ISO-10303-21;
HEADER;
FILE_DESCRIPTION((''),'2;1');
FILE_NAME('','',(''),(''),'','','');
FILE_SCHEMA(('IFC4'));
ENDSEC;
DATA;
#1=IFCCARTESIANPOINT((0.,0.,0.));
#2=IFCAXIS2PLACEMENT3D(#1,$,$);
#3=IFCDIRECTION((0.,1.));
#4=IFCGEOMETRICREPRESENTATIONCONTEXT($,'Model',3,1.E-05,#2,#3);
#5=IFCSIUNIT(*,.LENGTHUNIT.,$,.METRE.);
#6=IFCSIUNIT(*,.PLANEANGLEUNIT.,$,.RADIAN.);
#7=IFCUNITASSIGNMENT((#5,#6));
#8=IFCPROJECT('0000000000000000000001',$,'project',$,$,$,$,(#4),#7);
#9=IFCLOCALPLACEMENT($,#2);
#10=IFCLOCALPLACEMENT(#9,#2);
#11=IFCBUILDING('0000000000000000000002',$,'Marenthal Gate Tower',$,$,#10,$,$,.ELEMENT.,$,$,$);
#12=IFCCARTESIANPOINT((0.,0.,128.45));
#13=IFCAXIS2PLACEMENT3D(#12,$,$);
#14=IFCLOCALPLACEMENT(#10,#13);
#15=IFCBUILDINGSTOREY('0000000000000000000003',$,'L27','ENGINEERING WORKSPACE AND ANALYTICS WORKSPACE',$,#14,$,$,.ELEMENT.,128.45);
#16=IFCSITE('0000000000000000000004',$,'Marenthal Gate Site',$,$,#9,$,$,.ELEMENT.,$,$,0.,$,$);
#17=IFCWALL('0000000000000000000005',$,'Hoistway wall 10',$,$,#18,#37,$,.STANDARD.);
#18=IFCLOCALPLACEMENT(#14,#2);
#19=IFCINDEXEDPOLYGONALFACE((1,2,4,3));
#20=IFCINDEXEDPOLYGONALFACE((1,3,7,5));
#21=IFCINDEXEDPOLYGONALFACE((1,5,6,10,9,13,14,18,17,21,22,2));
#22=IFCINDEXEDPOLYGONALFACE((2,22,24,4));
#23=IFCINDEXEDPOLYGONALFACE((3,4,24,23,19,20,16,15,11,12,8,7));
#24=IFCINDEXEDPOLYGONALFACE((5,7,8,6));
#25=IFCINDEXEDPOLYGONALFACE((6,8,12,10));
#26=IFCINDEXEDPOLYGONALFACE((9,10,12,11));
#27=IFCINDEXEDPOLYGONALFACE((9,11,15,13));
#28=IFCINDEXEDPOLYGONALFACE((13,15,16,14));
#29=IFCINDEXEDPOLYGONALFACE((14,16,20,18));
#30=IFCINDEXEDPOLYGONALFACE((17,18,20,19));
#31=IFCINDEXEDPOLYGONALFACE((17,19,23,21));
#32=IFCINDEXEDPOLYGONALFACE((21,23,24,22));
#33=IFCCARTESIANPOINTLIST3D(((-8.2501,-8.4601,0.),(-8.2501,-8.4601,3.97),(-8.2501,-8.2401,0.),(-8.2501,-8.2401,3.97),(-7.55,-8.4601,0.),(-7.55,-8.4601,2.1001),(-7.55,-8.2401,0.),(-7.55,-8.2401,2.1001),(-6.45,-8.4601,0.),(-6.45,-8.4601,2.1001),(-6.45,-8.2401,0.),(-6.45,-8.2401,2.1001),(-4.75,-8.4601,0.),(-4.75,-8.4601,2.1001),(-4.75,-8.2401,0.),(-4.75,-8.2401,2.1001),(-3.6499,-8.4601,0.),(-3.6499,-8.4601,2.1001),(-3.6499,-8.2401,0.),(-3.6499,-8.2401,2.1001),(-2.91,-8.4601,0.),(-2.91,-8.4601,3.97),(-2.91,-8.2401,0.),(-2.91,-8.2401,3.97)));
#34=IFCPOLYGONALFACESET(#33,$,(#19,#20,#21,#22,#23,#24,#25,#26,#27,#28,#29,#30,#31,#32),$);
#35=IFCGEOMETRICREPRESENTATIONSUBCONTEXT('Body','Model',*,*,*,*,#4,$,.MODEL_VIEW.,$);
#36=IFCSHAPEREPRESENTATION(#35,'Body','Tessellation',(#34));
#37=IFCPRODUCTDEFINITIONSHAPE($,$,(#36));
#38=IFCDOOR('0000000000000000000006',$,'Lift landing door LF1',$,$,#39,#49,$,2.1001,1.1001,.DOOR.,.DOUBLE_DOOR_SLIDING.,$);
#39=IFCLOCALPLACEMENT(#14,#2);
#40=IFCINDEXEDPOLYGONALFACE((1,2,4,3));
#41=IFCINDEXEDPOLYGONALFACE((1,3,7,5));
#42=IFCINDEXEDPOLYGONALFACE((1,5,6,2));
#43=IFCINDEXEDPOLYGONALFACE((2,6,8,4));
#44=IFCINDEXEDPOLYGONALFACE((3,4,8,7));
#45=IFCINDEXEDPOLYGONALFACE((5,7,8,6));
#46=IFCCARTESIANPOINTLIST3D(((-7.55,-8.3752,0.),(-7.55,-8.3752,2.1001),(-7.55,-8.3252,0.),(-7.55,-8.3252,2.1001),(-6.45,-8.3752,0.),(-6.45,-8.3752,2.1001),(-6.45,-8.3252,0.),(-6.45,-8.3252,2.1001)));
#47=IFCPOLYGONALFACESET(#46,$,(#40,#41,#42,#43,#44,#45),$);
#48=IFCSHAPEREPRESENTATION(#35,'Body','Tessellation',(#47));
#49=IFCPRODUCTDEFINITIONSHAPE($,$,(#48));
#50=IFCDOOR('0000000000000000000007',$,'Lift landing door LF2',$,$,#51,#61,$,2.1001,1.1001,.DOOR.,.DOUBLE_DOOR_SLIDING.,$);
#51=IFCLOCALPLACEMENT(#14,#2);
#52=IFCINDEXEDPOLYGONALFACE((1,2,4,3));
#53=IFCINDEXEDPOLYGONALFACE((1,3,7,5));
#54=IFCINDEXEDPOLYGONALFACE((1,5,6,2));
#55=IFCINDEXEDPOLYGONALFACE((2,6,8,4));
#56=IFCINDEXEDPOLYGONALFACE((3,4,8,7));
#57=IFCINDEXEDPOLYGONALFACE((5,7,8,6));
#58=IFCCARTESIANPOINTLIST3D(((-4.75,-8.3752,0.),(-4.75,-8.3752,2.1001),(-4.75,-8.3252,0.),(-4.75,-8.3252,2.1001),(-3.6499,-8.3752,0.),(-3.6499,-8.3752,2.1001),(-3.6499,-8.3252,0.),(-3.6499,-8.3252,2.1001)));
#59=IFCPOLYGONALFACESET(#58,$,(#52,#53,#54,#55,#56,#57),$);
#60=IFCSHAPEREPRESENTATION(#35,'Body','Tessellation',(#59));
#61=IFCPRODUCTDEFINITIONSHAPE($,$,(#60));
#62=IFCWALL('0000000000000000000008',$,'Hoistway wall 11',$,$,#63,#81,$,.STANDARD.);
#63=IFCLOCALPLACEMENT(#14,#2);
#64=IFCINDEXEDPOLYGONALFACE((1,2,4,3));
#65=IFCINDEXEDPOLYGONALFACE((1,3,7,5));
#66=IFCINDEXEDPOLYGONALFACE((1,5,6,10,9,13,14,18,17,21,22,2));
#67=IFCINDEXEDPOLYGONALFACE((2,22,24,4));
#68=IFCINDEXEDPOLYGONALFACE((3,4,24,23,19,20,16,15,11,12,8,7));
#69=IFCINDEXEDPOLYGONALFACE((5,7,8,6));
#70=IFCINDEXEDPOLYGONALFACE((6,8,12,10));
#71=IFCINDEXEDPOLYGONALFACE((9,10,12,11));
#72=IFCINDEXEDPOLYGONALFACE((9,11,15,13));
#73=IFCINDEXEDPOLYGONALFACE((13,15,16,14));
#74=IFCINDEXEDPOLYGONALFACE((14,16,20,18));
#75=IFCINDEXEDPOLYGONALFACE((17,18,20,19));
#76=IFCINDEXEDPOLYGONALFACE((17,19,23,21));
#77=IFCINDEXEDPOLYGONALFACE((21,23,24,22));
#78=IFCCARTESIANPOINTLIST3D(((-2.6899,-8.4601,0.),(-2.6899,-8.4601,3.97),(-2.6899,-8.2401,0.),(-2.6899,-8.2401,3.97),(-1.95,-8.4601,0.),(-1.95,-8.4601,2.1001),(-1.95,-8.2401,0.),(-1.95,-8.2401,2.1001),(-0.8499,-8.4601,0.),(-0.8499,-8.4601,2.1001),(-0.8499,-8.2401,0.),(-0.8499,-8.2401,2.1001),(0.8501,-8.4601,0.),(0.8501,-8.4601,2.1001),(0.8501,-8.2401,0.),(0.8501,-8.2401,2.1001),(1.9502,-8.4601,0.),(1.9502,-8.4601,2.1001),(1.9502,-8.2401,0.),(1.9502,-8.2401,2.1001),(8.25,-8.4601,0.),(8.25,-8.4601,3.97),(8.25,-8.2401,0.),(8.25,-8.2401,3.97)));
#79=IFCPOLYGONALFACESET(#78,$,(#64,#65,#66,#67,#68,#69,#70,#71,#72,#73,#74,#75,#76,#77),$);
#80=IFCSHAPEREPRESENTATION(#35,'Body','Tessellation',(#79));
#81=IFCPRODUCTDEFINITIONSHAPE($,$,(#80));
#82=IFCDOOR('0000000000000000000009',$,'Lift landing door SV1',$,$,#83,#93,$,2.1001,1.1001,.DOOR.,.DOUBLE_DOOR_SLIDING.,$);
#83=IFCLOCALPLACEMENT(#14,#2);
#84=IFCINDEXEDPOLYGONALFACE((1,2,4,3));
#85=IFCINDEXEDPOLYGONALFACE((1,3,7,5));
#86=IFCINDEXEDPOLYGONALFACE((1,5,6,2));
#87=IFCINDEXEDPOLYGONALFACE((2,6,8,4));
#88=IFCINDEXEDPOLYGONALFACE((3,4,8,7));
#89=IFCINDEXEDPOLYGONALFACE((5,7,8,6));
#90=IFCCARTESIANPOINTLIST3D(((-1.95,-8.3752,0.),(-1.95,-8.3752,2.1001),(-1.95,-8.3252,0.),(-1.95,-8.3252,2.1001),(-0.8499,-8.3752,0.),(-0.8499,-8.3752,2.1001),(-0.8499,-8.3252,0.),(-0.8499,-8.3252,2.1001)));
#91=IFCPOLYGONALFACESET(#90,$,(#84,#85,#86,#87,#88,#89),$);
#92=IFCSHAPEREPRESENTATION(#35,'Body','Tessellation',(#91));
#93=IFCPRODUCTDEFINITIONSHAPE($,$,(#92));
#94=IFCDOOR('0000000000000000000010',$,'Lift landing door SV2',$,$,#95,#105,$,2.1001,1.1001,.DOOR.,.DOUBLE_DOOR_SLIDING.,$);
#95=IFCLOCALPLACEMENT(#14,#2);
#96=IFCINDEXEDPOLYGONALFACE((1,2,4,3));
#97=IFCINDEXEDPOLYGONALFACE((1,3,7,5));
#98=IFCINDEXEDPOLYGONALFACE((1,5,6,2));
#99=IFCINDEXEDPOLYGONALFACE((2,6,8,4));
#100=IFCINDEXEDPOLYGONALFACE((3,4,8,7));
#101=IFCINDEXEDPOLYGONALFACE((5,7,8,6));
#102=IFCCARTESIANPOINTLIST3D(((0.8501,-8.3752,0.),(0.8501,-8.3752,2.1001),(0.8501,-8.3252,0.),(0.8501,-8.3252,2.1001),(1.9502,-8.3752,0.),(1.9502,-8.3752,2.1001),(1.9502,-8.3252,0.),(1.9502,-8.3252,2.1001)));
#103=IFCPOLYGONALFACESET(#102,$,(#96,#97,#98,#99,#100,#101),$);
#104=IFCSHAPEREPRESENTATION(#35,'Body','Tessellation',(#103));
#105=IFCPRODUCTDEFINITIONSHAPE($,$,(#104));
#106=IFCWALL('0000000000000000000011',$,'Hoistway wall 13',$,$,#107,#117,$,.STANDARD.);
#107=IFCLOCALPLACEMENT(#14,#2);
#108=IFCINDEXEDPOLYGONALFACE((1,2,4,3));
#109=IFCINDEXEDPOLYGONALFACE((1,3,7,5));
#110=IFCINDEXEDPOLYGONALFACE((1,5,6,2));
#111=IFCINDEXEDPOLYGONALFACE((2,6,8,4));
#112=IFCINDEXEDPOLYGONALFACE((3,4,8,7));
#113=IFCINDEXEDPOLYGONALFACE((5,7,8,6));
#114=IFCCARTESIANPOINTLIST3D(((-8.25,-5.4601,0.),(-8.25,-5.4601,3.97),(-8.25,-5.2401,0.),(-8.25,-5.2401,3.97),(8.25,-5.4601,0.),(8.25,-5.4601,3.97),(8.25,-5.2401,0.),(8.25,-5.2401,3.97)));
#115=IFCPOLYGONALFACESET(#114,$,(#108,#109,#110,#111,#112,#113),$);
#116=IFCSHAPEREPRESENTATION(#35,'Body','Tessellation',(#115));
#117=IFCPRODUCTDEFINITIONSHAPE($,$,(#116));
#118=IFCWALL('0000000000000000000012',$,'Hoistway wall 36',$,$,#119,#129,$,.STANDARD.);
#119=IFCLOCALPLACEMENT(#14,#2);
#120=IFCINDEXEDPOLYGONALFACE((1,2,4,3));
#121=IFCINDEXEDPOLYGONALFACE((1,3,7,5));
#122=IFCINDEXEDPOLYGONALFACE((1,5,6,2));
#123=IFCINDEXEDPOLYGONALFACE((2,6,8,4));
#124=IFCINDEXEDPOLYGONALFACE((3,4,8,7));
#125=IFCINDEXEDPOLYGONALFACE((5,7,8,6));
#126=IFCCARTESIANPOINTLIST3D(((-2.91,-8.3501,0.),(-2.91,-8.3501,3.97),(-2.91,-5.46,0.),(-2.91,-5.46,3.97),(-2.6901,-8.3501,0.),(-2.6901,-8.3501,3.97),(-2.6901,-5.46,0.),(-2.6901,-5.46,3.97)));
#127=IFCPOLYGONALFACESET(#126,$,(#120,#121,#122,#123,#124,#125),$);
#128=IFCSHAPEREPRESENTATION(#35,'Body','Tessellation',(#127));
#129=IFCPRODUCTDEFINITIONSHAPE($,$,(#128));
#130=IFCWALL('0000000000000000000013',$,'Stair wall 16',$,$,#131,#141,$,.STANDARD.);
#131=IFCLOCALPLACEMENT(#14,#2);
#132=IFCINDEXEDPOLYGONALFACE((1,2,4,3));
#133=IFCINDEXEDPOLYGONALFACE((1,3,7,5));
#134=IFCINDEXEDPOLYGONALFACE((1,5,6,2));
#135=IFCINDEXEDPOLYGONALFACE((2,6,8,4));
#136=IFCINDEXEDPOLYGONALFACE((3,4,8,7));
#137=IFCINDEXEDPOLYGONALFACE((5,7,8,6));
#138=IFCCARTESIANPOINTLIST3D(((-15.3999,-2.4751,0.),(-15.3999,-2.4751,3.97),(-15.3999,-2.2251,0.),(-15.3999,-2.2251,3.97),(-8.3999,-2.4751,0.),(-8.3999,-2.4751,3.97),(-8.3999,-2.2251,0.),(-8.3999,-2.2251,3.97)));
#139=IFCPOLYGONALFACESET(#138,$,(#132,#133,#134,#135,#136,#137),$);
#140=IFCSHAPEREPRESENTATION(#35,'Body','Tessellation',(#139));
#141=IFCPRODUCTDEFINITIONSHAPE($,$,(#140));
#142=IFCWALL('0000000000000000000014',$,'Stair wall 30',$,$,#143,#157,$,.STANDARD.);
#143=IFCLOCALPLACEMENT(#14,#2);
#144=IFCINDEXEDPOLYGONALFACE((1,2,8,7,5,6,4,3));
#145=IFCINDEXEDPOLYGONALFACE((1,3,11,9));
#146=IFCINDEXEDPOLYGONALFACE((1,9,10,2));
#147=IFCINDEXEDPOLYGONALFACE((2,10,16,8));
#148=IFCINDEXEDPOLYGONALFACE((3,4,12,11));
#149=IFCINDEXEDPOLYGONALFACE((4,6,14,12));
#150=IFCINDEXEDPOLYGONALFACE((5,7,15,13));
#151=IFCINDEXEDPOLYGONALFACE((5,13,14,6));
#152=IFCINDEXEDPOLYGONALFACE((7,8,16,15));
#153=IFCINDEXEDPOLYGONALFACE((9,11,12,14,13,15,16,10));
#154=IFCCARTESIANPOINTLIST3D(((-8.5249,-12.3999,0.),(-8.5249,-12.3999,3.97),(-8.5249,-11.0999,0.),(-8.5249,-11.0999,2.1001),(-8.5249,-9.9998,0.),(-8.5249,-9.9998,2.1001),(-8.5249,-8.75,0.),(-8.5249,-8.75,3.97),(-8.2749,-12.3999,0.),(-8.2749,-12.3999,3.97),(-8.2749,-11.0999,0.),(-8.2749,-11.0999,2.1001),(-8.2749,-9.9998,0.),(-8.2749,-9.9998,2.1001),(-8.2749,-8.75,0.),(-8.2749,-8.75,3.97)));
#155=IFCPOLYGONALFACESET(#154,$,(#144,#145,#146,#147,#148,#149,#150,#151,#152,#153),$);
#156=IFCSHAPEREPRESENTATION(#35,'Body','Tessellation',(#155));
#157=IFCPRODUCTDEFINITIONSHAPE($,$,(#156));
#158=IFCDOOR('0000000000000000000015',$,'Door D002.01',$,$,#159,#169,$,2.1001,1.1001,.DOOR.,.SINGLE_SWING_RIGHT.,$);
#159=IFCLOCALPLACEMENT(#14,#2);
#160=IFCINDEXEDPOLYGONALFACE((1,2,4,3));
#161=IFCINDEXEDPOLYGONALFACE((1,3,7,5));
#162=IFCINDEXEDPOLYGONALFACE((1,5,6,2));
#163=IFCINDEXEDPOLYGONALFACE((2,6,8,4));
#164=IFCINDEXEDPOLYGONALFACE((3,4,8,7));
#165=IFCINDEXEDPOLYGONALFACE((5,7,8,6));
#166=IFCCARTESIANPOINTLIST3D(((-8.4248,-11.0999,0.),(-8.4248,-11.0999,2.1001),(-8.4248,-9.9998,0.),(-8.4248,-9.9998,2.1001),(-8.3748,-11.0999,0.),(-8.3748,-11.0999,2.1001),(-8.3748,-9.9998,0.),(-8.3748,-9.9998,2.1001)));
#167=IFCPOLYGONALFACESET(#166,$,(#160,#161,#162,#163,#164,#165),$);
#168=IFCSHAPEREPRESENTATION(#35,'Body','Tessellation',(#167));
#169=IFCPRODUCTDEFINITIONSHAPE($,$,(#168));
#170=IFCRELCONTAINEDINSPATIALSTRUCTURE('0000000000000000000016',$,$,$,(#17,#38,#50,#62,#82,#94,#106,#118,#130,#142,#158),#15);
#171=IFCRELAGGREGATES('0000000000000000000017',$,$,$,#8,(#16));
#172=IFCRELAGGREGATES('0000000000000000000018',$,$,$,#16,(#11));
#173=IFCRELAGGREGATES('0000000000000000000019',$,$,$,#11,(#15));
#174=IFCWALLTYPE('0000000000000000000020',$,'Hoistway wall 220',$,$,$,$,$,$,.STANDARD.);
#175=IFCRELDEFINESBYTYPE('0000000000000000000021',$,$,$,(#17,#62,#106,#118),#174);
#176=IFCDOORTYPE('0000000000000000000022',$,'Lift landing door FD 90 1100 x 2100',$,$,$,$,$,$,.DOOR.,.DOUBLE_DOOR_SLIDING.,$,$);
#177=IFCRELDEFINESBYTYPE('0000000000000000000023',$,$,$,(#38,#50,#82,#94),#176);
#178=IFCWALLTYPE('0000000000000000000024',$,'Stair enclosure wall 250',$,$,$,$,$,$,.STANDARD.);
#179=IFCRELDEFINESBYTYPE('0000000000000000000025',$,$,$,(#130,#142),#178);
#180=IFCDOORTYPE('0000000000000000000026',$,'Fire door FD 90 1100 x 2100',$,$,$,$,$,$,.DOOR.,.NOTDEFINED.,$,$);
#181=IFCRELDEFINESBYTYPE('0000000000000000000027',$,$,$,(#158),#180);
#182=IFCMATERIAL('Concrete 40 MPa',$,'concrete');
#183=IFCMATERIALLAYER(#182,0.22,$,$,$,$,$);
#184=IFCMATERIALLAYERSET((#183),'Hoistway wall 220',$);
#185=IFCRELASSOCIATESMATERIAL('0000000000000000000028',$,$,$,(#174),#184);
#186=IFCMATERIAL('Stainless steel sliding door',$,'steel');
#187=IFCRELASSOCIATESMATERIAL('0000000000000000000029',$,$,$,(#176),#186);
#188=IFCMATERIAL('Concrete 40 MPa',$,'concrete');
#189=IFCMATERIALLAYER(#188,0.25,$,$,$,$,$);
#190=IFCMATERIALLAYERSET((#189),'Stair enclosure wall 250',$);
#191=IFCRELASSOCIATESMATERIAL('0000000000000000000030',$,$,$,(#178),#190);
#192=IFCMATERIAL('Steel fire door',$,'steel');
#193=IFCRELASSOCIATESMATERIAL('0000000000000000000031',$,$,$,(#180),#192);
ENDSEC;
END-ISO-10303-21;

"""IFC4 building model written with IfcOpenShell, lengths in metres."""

from ifc_helpers import new_model, si_unit, direction, frame, frame_2d, origin, place, context, subcontext, project, spatial, rectangle, extrude, material, layer, layer_set, type_object, element, fill, save


model = new_model("IFC4")

# Units and contexts
model_context = context("Model", 3, precision=1e-05, world=origin(), true_north=direction((0.0, 1.0)))
body_context = subcontext(model_context, "Body", "Model", "MODEL_VIEW")
ifc_project = project(units=[si_unit("LENGTHUNIT", "METRE"), si_unit("PLANEANGLEUNIT", "RADIAN")], contexts=[model_context])

# Site, building, storey
site_placement = place(None, origin())
site = spatial("IfcSite", under=ifc_project, at=site_placement, Name="Marenthal Gate Site", CompositionType="ELEMENT", RefElevation=0.0)
building_placement = place(site_placement, origin())
building = spatial("IfcBuilding", under=site, at=building_placement, Name="Marenthal Gate Tower", CompositionType="ELEMENT")
storey_placement = place(building_placement, frame((0.0, 0.0, 128.45)))
storey = spatial("IfcBuildingStorey", under=building, at=storey_placement, Name="L27", Description="ENGINEERING WORKSPACE AND ANALYTICS WORKSPACE", CompositionType="ELEMENT", Elevation=128.45)

# Walls, openings, doors
ifc_material_1 = material(Name="Concrete 40 MPa", Category="concrete")
ifc_layer_1 = layer(ifc_material_1, 0.22)
ifc_layer_set_1 = layer_set([ifc_layer_1], Name="Hoistway wall 220")
wall_type_1 = type_object("IfcWallType", Name="Hoistway wall 220", PredefinedType="STANDARD", material=ifc_layer_set_1)
wall_1_placement = place(storey_placement, frame((-8.25, -8.3501, 0.0), z_axis=(0.0, 0.0, 1.0), x_axis=(1.0, 0.0, 0.0)))
wall_1 = element("IfcWall", 1, at=wall_1_placement, inside=storey, type_object=wall_type_1, Name="Hoistway wall 10", PredefinedType="STANDARD", context=body_context, shape_type="SweptSolid", body=[
    extrude(rectangle(XDim=5.3401, YDim=0.22, at=frame_2d((2.6699, 0.0))), origin(), (0.0, 0.0, 1.0), 3.97),
])
opening_1_placement = place(wall_1_placement, frame((0.7, 0.0, 0.0)))
opening_1 = element("IfcOpeningElement", 2, at=opening_1_placement, cuts=wall_1, PredefinedType="OPENING", context=body_context, shape_type="SweptSolid", body=[
    extrude(rectangle(XDim=1.1001, YDim=2.1001, at=frame_2d((0.55, 1.05))), frame((0.0, 0.1201, 0.0), z_axis=(0.0, -1.0, 0.0), x_axis=(1.0, 0.0, 0.0)), (0.0, 0.0, 1.0), 0.24),
])
opening_2_placement = place(wall_1_placement, frame((3.5, 0.0, 0.0)))
opening_2 = element("IfcOpeningElement", 3, at=opening_2_placement, cuts=wall_1, PredefinedType="OPENING", context=body_context, shape_type="SweptSolid", body=[
    extrude(rectangle(XDim=1.1001, YDim=2.1001, at=frame_2d((0.55, 1.05))), frame((0.0, 0.1201, 0.0), z_axis=(0.0, -1.0, 0.0), x_axis=(1.0, 0.0, 0.0)), (0.0, 0.0, 1.0), 0.24),
])
ifc_material_2 = material(Name="Stainless steel sliding door", Category="steel")
door_type_1 = type_object("IfcDoorType", Name="Lift landing door FD 90 1100 x 2100", OperationType="DOUBLE_DOOR_SLIDING", PredefinedType="DOOR", material=ifc_material_2)
door_1_placement = place(opening_1_placement, origin())
door_1 = element("IfcDoor", 4, at=door_1_placement, inside=storey, type_object=door_type_1, Name="Lift landing door LF1", OperationType="DOUBLE_DOOR_SLIDING", OverallHeight=2.1001, OverallWidth=1.1001, PredefinedType="DOOR", context=body_context, shape_type="SweptSolid", body=[
    extrude(rectangle(XDim=1.1001, YDim=2.1001, at=frame_2d((0.55, 1.05))), frame((0.0, 0.0249, 0.0), z_axis=(0.0, -1.0, 0.0), x_axis=(1.0, 0.0, 0.0)), (0.0, 0.0, 1.0), 0.05),
])
fill(opening_1, door_1)
door_2_placement = place(opening_2_placement, origin())
door_2 = element("IfcDoor", 5, at=door_2_placement, inside=storey, type_object=door_type_1, Name="Lift landing door LF2", OperationType="DOUBLE_DOOR_SLIDING", OverallHeight=2.1001, OverallWidth=1.1001, PredefinedType="DOOR", context=body_context, shape_type="SweptSolid", body=[
    extrude(rectangle(XDim=1.1001, YDim=2.1001, at=frame_2d((0.55, 1.05))), frame((0.0, 0.0249, 0.0), z_axis=(0.0, -1.0, 0.0), x_axis=(1.0, 0.0, 0.0)), (0.0, 0.0, 1.0), 0.05),
])
fill(opening_2, door_2)
wall_2_placement = place(storey_placement, frame((-2.6899, -8.3501, 0.0), z_axis=(0.0, 0.0, 1.0), x_axis=(1.0, 0.0, 0.0)))
wall_2 = element("IfcWall", 6, at=wall_2_placement, inside=storey, type_object=wall_type_1, Name="Hoistway wall 11", PredefinedType="STANDARD", context=body_context, shape_type="SweptSolid", body=[
    extrude(rectangle(XDim=10.9399, YDim=0.22, at=frame_2d((5.47, 0.0))), origin(), (0.0, 0.0, 1.0), 3.97),
])
opening_3_placement = place(wall_2_placement, frame((0.74, 0.0, 0.0)))
opening_3 = element("IfcOpeningElement", 7, at=opening_3_placement, cuts=wall_2, PredefinedType="OPENING", context=body_context, shape_type="SweptSolid", body=[
    extrude(rectangle(XDim=1.1001, YDim=2.1001, at=frame_2d((0.55, 1.05))), frame((0.0, 0.1201, 0.0), z_axis=(0.0, -1.0, 0.0), x_axis=(1.0, 0.0, 0.0)), (0.0, 0.0, 1.0), 0.24),
])
opening_4_placement = place(wall_2_placement, frame((3.54, 0.0, 0.0)))
opening_4 = element("IfcOpeningElement", 8, at=opening_4_placement, cuts=wall_2, PredefinedType="OPENING", context=body_context, shape_type="SweptSolid", body=[
    extrude(rectangle(XDim=1.1001, YDim=2.1001, at=frame_2d((0.55, 1.05))), frame((0.0, 0.1201, 0.0), z_axis=(0.0, -1.0, 0.0), x_axis=(1.0, 0.0, 0.0)), (0.0, 0.0, 1.0), 0.24),
])
door_3_placement = place(opening_3_placement, origin())
door_3 = element("IfcDoor", 9, at=door_3_placement, inside=storey, type_object=door_type_1, Name="Lift landing door SV1", OperationType="DOUBLE_DOOR_SLIDING", OverallHeight=2.1001, OverallWidth=1.1001, PredefinedType="DOOR", context=body_context, shape_type="SweptSolid", body=[
    extrude(rectangle(XDim=1.1001, YDim=2.1001, at=frame_2d((0.55, 1.05))), frame((0.0, 0.0249, 0.0), z_axis=(0.0, -1.0, 0.0), x_axis=(1.0, 0.0, 0.0)), (0.0, 0.0, 1.0), 0.05),
])
fill(opening_3, door_3)
door_4_placement = place(opening_4_placement, origin())
door_4 = element("IfcDoor", 10, at=door_4_placement, inside=storey, type_object=door_type_1, Name="Lift landing door SV2", OperationType="DOUBLE_DOOR_SLIDING", OverallHeight=2.1001, OverallWidth=1.1001, PredefinedType="DOOR", context=body_context, shape_type="SweptSolid", body=[
    extrude(rectangle(XDim=1.1001, YDim=2.1001, at=frame_2d((0.55, 1.05))), frame((0.0, 0.0249, 0.0), z_axis=(0.0, -1.0, 0.0), x_axis=(1.0, 0.0, 0.0)), (0.0, 0.0, 1.0), 0.05),
])
fill(opening_4, door_4)

# Walls
wall_3_placement = place(storey_placement, frame((-8.25, -5.3501, 0.0), z_axis=(0.0, 0.0, 1.0), x_axis=(1.0, 0.0, 0.0)))
element("IfcWall", 11, at=wall_3_placement, inside=storey, type_object=wall_type_1, Name="Hoistway wall 13", PredefinedType="STANDARD", context=body_context, shape_type="SweptSolid", body=[
    extrude(rectangle(XDim=16.5, YDim=0.22, at=frame_2d((8.25, 0.0))), origin(), (0.0, 0.0, 1.0), 3.97),
])
wall_4_placement = place(storey_placement, frame((-2.8, -8.3501, 0.0), z_axis=(0.0, 0.0, 1.0), x_axis=(0.0, 1.0, 0.0)))
element("IfcWall", 12, at=wall_4_placement, inside=storey, type_object=wall_type_1, Name="Hoistway wall 36", PredefinedType="STANDARD", context=body_context, shape_type="SweptSolid", body=[
    extrude(rectangle(XDim=2.8901, YDim=0.22, at=frame_2d((1.4451, 0.0))), origin(), (0.0, 0.0, 1.0), 3.97),
])
ifc_material_3 = material(Name="Concrete 40 MPa", Category="concrete")
ifc_layer_2 = layer(ifc_material_3, 0.25)
ifc_layer_set_2 = layer_set([ifc_layer_2], Name="Stair enclosure wall 250")
wall_type_2 = type_object("IfcWallType", Name="Stair enclosure wall 250", PredefinedType="STANDARD", material=ifc_layer_set_2)
wall_5_placement = place(storey_placement, frame((-15.3999, -2.3501, 0.0), z_axis=(0.0, 0.0, 1.0), x_axis=(1.0, 0.0, 0.0)))
element("IfcWall", 13, at=wall_5_placement, inside=storey, type_object=wall_type_2, Name="Stair wall 16", PredefinedType="STANDARD", context=body_context, shape_type="SweptSolid", body=[
    extrude(rectangle(XDim=7.0, YDim=0.25, at=frame_2d((3.5, 0.0))), origin(), (0.0, 0.0, 1.0), 3.97),
])

# Wall, opening, door
wall_6_placement = place(storey_placement, frame((-8.3999, -12.3999, 0.0), z_axis=(0.0, 0.0, 1.0), x_axis=(0.0, 1.0, 0.0)))
wall_6 = element("IfcWall", 14, at=wall_6_placement, inside=storey, type_object=wall_type_2, Name="Stair wall 30", PredefinedType="STANDARD", context=body_context, shape_type="SweptSolid", body=[
    extrude(rectangle(XDim=3.6499, YDim=0.25, at=frame_2d((1.825, 0.0))), origin(), (0.0, 0.0, 1.0), 3.97),
])
opening_5_placement = place(wall_6_placement, frame((1.3, 0.0, 0.0)))
opening_5 = element("IfcOpeningElement", 15, at=opening_5_placement, cuts=wall_6, PredefinedType="OPENING", context=body_context, shape_type="SweptSolid", body=[
    extrude(rectangle(XDim=1.1001, YDim=2.1001, at=frame_2d((0.55, 1.05))), frame((0.0, 0.135, 0.0), z_axis=(0.0, -1.0, 0.0), x_axis=(1.0, 0.0, 0.0)), (0.0, 0.0, 1.0), 0.27),
])
ifc_material_4 = material(Name="Steel fire door", Category="steel")
door_type_2 = type_object("IfcDoorType", Name="Fire door FD 90 1100 x 2100", OperationType="NOTDEFINED", PredefinedType="DOOR", material=ifc_material_4)
door_5_placement = place(opening_5_placement, origin())
door_5 = element("IfcDoor", 16, at=door_5_placement, inside=storey, type_object=door_type_2, Name="Door D002.01", OperationType="SINGLE_SWING_RIGHT", OverallHeight=2.1001, OverallWidth=1.1001, PredefinedType="DOOR", context=body_context, shape_type="SweptSolid", body=[
    extrude(rectangle(XDim=1.1001, YDim=2.1001, at=frame_2d((0.55, 1.05))), frame((0.0, 0.0249, 0.0), z_axis=(0.0, -1.0, 0.0), x_axis=(1.0, 0.0, 0.0)), (0.0, 0.0, 1.0), 0.05),
])
fill(opening_5, door_5)

save(model, "model.ifc")
